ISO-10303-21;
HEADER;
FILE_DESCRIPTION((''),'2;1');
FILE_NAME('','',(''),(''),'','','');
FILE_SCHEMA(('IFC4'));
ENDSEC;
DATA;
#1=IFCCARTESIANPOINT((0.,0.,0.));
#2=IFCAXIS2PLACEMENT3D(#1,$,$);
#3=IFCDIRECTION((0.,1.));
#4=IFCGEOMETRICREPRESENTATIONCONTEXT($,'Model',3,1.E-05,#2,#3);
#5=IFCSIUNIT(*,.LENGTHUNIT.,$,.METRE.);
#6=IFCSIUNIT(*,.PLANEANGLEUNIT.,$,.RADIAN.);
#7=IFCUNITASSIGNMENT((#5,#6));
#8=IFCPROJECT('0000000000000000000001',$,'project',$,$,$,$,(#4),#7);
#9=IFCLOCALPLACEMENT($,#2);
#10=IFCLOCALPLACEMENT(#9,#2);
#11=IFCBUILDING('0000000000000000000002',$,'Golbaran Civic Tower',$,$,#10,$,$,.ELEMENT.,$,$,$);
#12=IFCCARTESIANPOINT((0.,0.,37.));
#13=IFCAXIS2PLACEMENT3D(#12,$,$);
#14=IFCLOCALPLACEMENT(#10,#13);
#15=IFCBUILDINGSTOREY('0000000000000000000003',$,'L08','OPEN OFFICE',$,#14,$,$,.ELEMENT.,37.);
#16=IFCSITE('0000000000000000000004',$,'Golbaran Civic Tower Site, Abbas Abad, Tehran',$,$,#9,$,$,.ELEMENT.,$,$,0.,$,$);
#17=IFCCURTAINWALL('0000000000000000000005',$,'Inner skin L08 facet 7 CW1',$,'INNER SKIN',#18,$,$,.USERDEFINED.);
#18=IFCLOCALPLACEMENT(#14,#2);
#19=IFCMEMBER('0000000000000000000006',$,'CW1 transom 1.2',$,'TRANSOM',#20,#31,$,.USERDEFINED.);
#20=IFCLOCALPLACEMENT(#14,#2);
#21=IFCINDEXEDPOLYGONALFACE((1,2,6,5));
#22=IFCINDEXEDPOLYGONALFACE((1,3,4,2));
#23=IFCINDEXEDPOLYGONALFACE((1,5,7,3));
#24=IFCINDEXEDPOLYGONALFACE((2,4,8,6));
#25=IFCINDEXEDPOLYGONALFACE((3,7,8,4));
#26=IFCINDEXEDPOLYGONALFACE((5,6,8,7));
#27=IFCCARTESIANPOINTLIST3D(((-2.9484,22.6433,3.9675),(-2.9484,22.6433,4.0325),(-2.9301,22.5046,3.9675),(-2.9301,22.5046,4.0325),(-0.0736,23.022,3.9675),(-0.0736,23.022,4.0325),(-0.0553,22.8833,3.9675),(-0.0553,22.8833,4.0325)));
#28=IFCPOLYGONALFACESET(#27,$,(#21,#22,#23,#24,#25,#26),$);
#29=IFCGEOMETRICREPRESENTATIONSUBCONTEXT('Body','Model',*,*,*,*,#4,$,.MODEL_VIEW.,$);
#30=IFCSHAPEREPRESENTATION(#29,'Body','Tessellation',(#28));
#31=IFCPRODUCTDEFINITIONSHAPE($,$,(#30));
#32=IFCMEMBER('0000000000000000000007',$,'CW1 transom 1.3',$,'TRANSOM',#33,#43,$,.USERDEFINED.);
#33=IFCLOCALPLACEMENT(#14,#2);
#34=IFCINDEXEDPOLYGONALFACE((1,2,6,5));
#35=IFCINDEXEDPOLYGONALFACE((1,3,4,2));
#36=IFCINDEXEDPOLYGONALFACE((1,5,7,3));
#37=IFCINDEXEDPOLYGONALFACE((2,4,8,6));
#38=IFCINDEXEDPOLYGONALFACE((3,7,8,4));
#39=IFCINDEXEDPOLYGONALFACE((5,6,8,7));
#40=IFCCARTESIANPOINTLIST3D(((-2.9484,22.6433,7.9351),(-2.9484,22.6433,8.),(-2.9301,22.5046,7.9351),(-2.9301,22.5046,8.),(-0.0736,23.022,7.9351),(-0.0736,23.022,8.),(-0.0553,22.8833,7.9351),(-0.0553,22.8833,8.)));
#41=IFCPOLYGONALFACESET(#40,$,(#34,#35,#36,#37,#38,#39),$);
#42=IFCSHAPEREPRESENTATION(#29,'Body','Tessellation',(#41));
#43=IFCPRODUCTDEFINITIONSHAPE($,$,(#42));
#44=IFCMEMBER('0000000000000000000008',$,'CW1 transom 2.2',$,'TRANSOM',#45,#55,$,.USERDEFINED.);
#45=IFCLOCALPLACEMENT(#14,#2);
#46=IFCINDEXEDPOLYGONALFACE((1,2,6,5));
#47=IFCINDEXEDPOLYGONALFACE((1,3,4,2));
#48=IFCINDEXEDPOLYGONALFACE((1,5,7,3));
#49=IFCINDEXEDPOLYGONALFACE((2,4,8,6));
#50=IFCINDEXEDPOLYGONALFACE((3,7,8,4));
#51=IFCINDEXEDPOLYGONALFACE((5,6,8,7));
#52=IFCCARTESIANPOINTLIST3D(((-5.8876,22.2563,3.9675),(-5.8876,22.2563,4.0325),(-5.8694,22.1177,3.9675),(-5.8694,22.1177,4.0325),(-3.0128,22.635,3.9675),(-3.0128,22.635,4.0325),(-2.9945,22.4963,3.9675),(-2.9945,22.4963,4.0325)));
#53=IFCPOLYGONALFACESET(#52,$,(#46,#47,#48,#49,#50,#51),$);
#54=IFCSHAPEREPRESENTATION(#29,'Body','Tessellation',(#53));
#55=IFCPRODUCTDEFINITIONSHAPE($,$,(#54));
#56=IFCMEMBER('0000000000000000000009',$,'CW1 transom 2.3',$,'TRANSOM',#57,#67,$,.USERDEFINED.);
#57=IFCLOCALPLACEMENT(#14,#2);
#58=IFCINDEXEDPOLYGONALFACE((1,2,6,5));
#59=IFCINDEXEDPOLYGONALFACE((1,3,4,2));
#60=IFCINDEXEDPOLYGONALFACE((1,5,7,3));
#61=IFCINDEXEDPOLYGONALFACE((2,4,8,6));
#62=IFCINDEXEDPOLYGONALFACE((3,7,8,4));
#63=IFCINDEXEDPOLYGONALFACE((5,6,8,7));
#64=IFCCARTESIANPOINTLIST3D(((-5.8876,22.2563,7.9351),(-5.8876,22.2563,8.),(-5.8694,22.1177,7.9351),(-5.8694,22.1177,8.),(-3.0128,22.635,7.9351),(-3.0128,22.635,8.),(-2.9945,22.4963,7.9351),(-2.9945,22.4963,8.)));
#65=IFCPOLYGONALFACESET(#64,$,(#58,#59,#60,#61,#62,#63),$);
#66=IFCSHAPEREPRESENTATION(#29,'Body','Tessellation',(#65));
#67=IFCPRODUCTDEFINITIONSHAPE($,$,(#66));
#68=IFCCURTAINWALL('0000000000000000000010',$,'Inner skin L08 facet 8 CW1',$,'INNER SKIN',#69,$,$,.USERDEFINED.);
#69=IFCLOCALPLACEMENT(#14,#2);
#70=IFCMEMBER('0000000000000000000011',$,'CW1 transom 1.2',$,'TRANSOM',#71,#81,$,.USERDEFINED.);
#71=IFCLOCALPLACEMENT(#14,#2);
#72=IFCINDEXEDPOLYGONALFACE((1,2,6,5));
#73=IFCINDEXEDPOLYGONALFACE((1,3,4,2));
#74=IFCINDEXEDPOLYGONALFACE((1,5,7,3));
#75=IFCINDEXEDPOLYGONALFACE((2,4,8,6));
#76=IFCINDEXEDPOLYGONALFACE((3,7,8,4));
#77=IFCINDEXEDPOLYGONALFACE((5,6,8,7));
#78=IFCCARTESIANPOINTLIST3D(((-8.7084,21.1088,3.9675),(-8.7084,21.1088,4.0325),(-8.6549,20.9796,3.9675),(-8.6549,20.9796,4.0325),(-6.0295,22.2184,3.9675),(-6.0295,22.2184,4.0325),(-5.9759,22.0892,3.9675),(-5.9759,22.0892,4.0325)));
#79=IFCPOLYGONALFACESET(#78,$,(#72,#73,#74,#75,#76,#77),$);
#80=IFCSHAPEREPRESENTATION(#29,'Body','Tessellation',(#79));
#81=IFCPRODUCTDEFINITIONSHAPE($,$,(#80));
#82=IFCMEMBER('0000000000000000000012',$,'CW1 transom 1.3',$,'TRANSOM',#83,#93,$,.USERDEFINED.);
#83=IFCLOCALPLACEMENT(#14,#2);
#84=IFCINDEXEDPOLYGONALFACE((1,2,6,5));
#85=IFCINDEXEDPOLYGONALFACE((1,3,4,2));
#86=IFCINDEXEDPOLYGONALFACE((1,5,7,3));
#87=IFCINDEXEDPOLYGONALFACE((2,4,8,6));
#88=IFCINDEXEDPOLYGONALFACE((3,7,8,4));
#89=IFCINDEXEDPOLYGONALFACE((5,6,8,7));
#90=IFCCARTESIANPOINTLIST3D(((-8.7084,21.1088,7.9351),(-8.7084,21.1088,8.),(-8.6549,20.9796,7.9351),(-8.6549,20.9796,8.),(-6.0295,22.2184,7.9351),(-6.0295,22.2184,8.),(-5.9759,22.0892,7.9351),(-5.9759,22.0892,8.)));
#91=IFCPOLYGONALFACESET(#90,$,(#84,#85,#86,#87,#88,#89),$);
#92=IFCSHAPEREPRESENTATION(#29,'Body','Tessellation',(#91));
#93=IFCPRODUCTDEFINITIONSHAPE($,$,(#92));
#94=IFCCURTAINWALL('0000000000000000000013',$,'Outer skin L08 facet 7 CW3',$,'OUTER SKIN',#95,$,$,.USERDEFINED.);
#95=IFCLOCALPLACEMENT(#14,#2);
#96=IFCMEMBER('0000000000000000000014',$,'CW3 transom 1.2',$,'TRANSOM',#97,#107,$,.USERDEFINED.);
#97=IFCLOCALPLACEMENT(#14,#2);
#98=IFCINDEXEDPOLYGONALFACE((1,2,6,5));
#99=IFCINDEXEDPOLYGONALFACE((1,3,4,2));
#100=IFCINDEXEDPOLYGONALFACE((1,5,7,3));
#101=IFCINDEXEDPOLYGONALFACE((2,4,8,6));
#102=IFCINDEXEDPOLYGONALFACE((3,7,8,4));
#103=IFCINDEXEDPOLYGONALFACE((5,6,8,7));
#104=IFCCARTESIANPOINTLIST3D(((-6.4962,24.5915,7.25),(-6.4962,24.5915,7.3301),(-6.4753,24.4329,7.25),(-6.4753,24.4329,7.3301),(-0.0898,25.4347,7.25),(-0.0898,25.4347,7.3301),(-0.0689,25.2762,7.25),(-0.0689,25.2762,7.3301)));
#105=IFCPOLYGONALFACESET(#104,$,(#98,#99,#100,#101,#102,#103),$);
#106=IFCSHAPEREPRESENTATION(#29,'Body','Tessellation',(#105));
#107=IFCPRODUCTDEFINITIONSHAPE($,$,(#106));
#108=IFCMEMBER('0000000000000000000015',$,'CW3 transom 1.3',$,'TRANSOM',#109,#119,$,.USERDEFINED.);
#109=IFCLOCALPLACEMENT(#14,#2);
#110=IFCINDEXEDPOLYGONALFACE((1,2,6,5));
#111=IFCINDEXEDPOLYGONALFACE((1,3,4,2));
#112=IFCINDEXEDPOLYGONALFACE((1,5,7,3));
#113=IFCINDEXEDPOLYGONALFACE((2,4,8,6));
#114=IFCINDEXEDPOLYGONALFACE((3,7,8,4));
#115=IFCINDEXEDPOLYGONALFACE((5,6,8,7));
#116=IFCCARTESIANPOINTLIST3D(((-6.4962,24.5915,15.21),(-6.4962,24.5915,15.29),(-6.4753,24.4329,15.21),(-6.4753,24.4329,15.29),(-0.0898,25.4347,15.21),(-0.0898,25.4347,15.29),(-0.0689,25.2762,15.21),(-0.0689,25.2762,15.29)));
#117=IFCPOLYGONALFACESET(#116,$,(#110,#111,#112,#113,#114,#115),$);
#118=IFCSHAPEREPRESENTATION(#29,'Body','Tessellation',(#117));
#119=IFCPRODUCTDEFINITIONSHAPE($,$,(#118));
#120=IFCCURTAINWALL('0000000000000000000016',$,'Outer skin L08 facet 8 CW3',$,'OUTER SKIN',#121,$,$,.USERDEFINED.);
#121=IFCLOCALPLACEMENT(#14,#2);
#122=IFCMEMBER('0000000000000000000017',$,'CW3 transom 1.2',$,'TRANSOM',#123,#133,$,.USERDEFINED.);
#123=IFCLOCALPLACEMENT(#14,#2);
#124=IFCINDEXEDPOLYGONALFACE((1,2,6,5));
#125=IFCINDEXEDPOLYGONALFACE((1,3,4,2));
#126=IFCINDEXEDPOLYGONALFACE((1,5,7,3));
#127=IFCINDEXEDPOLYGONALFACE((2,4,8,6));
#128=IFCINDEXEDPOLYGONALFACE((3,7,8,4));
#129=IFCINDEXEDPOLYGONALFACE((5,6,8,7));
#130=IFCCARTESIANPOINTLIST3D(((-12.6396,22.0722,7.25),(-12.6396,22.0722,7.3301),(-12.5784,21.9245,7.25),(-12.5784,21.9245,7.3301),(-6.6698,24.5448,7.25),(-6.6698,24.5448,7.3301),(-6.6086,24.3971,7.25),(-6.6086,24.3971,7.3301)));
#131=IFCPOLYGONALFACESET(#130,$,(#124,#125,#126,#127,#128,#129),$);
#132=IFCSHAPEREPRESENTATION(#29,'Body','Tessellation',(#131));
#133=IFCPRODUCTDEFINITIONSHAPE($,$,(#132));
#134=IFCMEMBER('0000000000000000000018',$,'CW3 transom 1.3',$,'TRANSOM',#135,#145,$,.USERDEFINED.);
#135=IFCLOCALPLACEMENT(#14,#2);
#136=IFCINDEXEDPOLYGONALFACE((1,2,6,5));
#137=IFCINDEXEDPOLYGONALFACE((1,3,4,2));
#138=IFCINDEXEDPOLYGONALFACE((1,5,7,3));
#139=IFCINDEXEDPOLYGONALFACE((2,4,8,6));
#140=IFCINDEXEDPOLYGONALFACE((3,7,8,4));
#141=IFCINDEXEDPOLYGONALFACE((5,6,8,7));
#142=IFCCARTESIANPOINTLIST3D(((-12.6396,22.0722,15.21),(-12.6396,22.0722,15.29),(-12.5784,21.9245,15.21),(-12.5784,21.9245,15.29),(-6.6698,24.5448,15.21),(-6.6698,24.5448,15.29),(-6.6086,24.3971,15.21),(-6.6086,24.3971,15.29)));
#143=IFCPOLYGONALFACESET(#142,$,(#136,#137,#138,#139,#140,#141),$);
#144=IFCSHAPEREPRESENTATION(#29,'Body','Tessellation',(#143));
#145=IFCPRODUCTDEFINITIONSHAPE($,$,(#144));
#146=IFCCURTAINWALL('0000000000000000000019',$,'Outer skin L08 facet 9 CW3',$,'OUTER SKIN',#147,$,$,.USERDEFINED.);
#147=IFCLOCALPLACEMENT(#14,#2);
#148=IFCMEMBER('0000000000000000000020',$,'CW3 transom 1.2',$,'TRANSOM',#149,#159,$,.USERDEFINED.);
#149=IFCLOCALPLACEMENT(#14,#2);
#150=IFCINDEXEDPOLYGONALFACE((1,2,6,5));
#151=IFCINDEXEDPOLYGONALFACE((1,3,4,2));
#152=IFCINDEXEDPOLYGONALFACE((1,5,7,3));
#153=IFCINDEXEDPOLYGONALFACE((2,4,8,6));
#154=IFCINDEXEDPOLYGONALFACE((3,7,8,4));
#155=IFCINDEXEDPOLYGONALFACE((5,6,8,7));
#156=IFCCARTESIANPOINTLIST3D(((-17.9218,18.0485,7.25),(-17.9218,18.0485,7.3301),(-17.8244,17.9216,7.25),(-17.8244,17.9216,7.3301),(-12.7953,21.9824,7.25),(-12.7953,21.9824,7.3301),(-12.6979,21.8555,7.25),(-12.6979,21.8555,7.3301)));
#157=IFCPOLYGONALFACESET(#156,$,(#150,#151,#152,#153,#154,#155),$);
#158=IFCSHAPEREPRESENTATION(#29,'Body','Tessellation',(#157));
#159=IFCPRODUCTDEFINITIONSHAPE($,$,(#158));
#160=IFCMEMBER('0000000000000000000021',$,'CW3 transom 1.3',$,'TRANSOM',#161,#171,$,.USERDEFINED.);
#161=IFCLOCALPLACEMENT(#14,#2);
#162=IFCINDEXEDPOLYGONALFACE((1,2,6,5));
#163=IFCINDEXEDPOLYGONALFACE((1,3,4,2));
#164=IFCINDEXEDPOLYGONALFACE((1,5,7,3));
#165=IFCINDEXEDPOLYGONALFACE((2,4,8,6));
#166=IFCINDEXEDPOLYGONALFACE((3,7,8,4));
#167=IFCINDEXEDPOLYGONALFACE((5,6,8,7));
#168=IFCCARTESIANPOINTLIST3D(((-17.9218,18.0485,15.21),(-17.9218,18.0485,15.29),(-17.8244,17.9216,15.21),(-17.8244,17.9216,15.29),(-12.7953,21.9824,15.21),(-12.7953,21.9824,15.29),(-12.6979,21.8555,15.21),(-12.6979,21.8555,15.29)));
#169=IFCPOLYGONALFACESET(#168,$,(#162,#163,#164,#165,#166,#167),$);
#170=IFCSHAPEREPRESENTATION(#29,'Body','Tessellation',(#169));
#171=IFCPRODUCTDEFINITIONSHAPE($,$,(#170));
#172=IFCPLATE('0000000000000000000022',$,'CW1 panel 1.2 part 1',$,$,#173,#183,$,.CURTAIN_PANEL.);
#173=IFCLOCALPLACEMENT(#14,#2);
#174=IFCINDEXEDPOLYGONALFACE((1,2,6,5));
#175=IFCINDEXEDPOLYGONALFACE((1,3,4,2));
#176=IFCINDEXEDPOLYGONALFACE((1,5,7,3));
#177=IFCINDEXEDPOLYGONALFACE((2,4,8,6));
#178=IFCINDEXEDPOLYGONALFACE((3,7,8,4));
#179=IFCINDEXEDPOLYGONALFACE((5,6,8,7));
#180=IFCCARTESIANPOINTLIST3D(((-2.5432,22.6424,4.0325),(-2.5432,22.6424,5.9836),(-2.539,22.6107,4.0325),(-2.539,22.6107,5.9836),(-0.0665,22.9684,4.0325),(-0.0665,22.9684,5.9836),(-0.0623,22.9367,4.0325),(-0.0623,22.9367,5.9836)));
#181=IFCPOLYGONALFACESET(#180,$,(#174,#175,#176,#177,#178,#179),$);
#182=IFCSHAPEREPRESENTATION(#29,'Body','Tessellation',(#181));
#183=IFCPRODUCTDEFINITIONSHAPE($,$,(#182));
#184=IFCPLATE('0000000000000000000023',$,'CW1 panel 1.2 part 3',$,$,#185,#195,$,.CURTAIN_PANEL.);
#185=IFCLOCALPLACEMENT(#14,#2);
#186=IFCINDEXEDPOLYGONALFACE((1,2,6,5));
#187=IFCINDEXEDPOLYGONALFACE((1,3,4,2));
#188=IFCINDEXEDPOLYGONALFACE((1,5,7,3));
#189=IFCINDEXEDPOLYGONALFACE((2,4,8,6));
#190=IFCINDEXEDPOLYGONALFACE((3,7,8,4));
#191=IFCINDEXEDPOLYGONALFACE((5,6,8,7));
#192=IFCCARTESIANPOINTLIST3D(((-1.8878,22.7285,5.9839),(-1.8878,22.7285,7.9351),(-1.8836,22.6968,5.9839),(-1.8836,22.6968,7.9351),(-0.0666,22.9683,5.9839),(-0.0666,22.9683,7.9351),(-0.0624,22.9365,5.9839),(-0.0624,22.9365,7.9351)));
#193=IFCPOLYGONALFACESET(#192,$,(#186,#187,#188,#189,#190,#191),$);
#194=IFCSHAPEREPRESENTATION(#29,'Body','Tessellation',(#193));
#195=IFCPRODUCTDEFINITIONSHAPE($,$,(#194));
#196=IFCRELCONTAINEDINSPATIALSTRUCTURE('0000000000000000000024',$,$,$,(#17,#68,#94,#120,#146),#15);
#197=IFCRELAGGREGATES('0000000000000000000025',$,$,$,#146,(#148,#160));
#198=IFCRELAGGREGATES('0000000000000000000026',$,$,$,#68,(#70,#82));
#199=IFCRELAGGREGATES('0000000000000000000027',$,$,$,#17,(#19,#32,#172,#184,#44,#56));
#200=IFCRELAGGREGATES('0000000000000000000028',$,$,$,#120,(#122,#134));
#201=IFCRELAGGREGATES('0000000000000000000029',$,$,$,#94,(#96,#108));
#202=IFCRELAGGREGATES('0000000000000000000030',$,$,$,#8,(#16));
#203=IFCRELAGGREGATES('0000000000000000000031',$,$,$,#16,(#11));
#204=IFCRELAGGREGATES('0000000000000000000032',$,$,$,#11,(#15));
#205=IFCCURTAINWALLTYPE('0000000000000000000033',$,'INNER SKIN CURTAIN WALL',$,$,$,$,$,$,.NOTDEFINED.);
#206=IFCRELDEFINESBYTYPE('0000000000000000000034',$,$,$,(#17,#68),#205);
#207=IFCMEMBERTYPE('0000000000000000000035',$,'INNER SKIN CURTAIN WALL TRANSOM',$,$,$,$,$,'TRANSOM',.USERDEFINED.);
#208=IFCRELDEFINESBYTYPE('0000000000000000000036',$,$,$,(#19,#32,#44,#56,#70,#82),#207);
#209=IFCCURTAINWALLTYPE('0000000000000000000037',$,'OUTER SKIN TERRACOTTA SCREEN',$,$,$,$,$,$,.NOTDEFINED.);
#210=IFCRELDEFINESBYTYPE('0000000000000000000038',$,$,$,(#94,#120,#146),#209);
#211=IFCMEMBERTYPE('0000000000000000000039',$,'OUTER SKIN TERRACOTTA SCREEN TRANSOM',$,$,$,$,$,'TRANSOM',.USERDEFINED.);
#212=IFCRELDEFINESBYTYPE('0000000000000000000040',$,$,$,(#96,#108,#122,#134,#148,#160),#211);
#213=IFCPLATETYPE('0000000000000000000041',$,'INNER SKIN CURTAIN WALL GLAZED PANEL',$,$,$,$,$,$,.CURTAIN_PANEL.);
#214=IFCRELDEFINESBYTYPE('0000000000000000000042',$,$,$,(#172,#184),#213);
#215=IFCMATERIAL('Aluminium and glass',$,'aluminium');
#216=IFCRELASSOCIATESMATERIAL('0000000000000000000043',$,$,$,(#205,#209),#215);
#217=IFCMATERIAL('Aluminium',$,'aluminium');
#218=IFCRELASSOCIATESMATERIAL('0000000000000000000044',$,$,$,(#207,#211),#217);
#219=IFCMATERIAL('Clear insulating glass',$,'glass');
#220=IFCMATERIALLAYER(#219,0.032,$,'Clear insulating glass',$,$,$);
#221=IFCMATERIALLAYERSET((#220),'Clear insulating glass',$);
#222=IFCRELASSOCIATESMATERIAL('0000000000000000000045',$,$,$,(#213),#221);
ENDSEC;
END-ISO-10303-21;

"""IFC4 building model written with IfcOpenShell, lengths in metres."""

from ifc_helpers import new_model, si_unit, direction, frame, origin, origin_2d, place, context, subcontext, project, spatial, rectangle, extrude, material, layer, layer_set, material_profile, profile_set, type_object, element, aggregate, save


model = new_model("IFC4")

# Units and contexts
model_context = context("Model", 3, precision=1e-05, world=origin(), true_north=direction((0.0, 1.0)))
body_context = subcontext(model_context, "Body", "Model", "MODEL_VIEW")
ifc_project = project(units=[si_unit("LENGTHUNIT", "METRE"), si_unit("PLANEANGLEUNIT", "RADIAN")], contexts=[model_context])

# Site, building, storey
site_placement = place(None, origin())
site = spatial("IfcSite", under=ifc_project, at=site_placement, Name="Golbaran Civic Tower Site, Abbas Abad, Tehran", CompositionType="ELEMENT", RefElevation=0.0)
building_placement = place(site_placement, origin())
building = spatial("IfcBuilding", under=site, at=building_placement, Name="Golbaran Civic Tower", CompositionType="ELEMENT")
storey_placement = place(building_placement, frame((0.0, 0.0, 37.0)))
storey = spatial("IfcBuildingStorey", under=building, at=storey_placement, Name="L08", Description="OPEN OFFICE", CompositionType="ELEMENT", Elevation=37.0)

# Curtain walls, members
ifc_material_1 = material(Name="Aluminium and glass", Category="aluminium")
curtain_wall_type_1 = type_object("IfcCurtainWallType", Name="INNER SKIN CURTAIN WALL", PredefinedType="NOTDEFINED", material=ifc_material_1)
curtain_wall_1_placement = place(storey_placement, origin())
curtain_wall_1 = element("IfcCurtainWall", 1, at=curtain_wall_1_placement, inside=storey, type_object=curtain_wall_type_1, Name="Inner skin L08 facet 7 CW1", ObjectType="INNER SKIN", PredefinedType="USERDEFINED")
ifc_material_2 = material(Name="Aluminium", Category="aluminium")
ifc_material_profile_1 = material_profile(ifc_material_2, rectangle(XDim=0.1399, YDim=0.0649, at=origin_2d()), Name="INNER SKIN CURTAIN WALL TRANSOM")
ifc_profile_set_1 = profile_set([ifc_material_profile_1], Name="Aluminium")
member_type_1 = type_object("IfcMemberType", Name="INNER SKIN CURTAIN WALL TRANSOM", ElementType="TRANSOM", PredefinedType="USERDEFINED", material=ifc_profile_set_1)
member_1_placement = place(storey_placement, frame((-0.0645, 22.9526, 4.0), z_axis=(-0.991436, -0.130592, 0.0), x_axis=(0.130592, -0.991436, 0.0)))
member_1 = element("IfcMember", 2, at=member_1_placement, type_object=member_type_1, Name="CW1 transom 1.2", ObjectType="TRANSOM", PredefinedType="USERDEFINED", context=body_context, shape_type="SweptSolid", body=[
    extrude(rectangle(XDim=0.1399, YDim=0.0649, at=origin_2d()), origin(), (0.0, 0.0, 1.0), 2.8997),
])
member_2_placement = place(storey_placement, frame((-0.0645, 22.9526, 7.9675), z_axis=(-0.991436, -0.130592, 0.0), x_axis=(0.130592, -0.991436, 0.0)))
member_2 = element("IfcMember", 3, at=member_2_placement, type_object=member_type_1, Name="CW1 transom 1.3", ObjectType="TRANSOM", PredefinedType="USERDEFINED", context=body_context, shape_type="SweptSolid", body=[
    extrude(rectangle(XDim=0.1399, YDim=0.0649, at=origin_2d()), origin(), (0.0, 0.0, 1.0), 2.8997),
])
member_3_placement = place(storey_placement, frame((-3.0037, 22.5657, 4.0), z_axis=(-0.991436, -0.130592, 0.0), x_axis=(0.130592, -0.991436, 0.0)))
member_3 = element("IfcMember", 4, at=member_3_placement, type_object=member_type_1, Name="CW1 transom 2.2", ObjectType="TRANSOM", PredefinedType="USERDEFINED", context=body_context, shape_type="SweptSolid", body=[
    extrude(rectangle(XDim=0.1399, YDim=0.0649, at=origin_2d()), origin(), (0.0, 0.0, 1.0), 2.8997),
])
member_4_placement = place(storey_placement, frame((-3.0037, 22.5657, 7.9675), z_axis=(-0.991436, -0.130592, 0.0), x_axis=(0.130592, -0.991436, 0.0)))
member_4 = element("IfcMember", 5, at=member_4_placement, type_object=member_type_1, Name="CW1 transom 2.3", ObjectType="TRANSOM", PredefinedType="USERDEFINED", context=body_context, shape_type="SweptSolid", body=[
    extrude(rectangle(XDim=0.1399, YDim=0.0649, at=origin_2d()), origin(), (0.0, 0.0, 1.0), 2.8997),
])
curtain_wall_2_placement = place(storey_placement, origin())
curtain_wall_2 = element("IfcCurtainWall", 6, at=curtain_wall_2_placement, inside=storey, type_object=curtain_wall_type_1, Name="Inner skin L08 facet 8 CW1", ObjectType="INNER SKIN", PredefinedType="USERDEFINED")
member_5_placement = place(storey_placement, frame((-6.0027, 22.1538, 4.0), z_axis=(-0.923884, -0.382672, 0.0), x_axis=(0.382672, -0.923884, 0.0)))
member_5 = element("IfcMember", 7, at=member_5_placement, type_object=member_type_1, Name="CW1 transom 1.2", ObjectType="TRANSOM", PredefinedType="USERDEFINED", context=body_context, shape_type="SweptSolid", body=[
    extrude(rectangle(XDim=0.1399, YDim=0.0649, at=origin_2d()), origin(), (0.0, 0.0, 1.0), 2.8997),
])
member_6_placement = place(storey_placement, frame((-6.0027, 22.1538, 7.9675), z_axis=(-0.923884, -0.382672, 0.0), x_axis=(0.382672, -0.923884, 0.0)))
member_6 = element("IfcMember", 8, at=member_6_placement, type_object=member_type_1, Name="CW1 transom 1.3", ObjectType="TRANSOM", PredefinedType="USERDEFINED", context=body_context, shape_type="SweptSolid", body=[
    extrude(rectangle(XDim=0.1399, YDim=0.0649, at=origin_2d()), origin(), (0.0, 0.0, 1.0), 2.8997),
])
curtain_wall_type_2 = type_object("IfcCurtainWallType", Name="OUTER SKIN TERRACOTTA SCREEN", PredefinedType="NOTDEFINED", material=ifc_material_1)
curtain_wall_3_placement = place(storey_placement, origin())
curtain_wall_3 = element("IfcCurtainWall", 9, at=curtain_wall_3_placement, inside=storey, type_object=curtain_wall_type_2, Name="Outer skin L08 facet 7 CW3", ObjectType="OUTER SKIN", PredefinedType="USERDEFINED")
ifc_material_profile_2 = material_profile(ifc_material_2, rectangle(XDim=0.1599, YDim=0.0801, at=origin_2d()), Name="OUTER SKIN TERRACOTTA SCREEN TRANSOM")
ifc_profile_set_2 = profile_set([ifc_material_profile_2], Name="Aluminium")
member_type_2 = type_object("IfcMemberType", Name="OUTER SKIN TERRACOTTA SCREEN TRANSOM", ElementType="TRANSOM", PredefinedType="USERDEFINED", material=ifc_profile_set_2)
member_7_placement = place(storey_placement, frame((-0.0793, 25.3555, 7.29), z_axis=(-0.991448, -0.1305, 0.0), x_axis=(0.1305, -0.991448, 0.0)))
member_7 = element("IfcMember", 10, at=member_7_placement, type_object=member_type_2, Name="CW3 transom 1.2", ObjectType="TRANSOM", PredefinedType="USERDEFINED", context=body_context, shape_type="SweptSolid", body=[
    extrude(rectangle(XDim=0.1599, YDim=0.0801, at=origin_2d()), origin(), (0.0, 0.0, 1.0), 6.4617),
])
member_8_placement = place(storey_placement, frame((-0.0793, 25.3555, 15.25), z_axis=(-0.991448, -0.1305, 0.0), x_axis=(0.1305, -0.991448, 0.0)))
member_8 = element("IfcMember", 11, at=member_8_placement, type_object=member_type_2, Name="CW3 transom 1.3", ObjectType="TRANSOM", PredefinedType="USERDEFINED", context=body_context, shape_type="SweptSolid", body=[
    extrude(rectangle(XDim=0.1599, YDim=0.0801, at=origin_2d()), origin(), (0.0, 0.0, 1.0), 6.4617),
])
curtain_wall_4_placement = place(storey_placement, origin())
curtain_wall_4 = element("IfcCurtainWall", 12, at=curtain_wall_4_placement, inside=storey, type_object=curtain_wall_type_2, Name="Outer skin L08 facet 8 CW3", ObjectType="OUTER SKIN", PredefinedType="USERDEFINED")
member_9_placement = place(storey_placement, frame((-6.6392, 24.4709, 7.29), z_axis=(-0.92389, -0.382659, 0.0), x_axis=(0.382659, -0.92389, 0.0)))
member_9 = element("IfcMember", 13, at=member_9_placement, type_object=member_type_2, Name="CW3 transom 1.2", ObjectType="TRANSOM", PredefinedType="USERDEFINED", context=body_context, shape_type="SweptSolid", body=[
    extrude(rectangle(XDim=0.1599, YDim=0.0801, at=origin_2d()), origin(), (0.0, 0.0, 1.0), 6.4617),
])
member_10_placement = place(storey_placement, frame((-6.6392, 24.4709, 15.25), z_axis=(-0.92389, -0.382659, 0.0), x_axis=(0.382659, -0.92389, 0.0)))
member_10 = element("IfcMember", 14, at=member_10_placement, type_object=member_type_2, Name="CW3 transom 1.3", ObjectType="TRANSOM", PredefinedType="USERDEFINED", context=body_context, shape_type="SweptSolid", body=[
    extrude(rectangle(XDim=0.1599, YDim=0.0801, at=origin_2d()), origin(), (0.0, 0.0, 1.0), 6.4617),
])
curtain_wall_5_placement = place(storey_placement, origin())
curtain_wall_5 = element("IfcCurtainWall", 15, at=curtain_wall_5_placement, inside=storey, type_object=curtain_wall_type_2, Name="Outer skin L08 facet 9 CW3", ObjectType="OUTER SKIN", PredefinedType="USERDEFINED")
member_11_placement = place(storey_placement, frame((-12.7466, 21.9189, 7.29), z_axis=(-0.793341, -0.608777, 0.0), x_axis=(0.608777, -0.793341, 0.0)))
member_11 = element("IfcMember", 16, at=member_11_placement, type_object=member_type_2, Name="CW3 transom 1.2", ObjectType="TRANSOM", PredefinedType="USERDEFINED", context=body_context, shape_type="SweptSolid", body=[
    extrude(rectangle(XDim=0.1599, YDim=0.0801, at=origin_2d()), origin(), (0.0, 0.0, 1.0), 6.4619),
])
member_12_placement = place(storey_placement, frame((-12.7466, 21.9189, 15.25), z_axis=(-0.793341, -0.608777, 0.0), x_axis=(0.608777, -0.793341, 0.0)))
member_12 = element("IfcMember", 17, at=member_12_placement, type_object=member_type_2, Name="CW3 transom 1.3", ObjectType="TRANSOM", PredefinedType="USERDEFINED", context=body_context, shape_type="SweptSolid", body=[
    extrude(rectangle(XDim=0.1599, YDim=0.0801, at=origin_2d()), origin(), (0.0, 0.0, 1.0), 6.4619),
])
aggregate(curtain_wall_5, [member_11, member_12])

# Plates
ifc_material_3 = material(Name="Clear insulating glass", Category="glass")
ifc_layer_1 = layer(ifc_material_3, 0.032, Name="Clear insulating glass")
ifc_layer_set_1 = layer_set([ifc_layer_1], Name="Clear insulating glass")
plate_type_1 = type_object("IfcPlateType", Name="INNER SKIN CURTAIN WALL GLAZED PANEL", PredefinedType="CURTAIN_PANEL", material=ifc_layer_set_1)
plate_1_placement = place(storey_placement, frame((-1.3027, 22.7896, 4.0325), z_axis=(0.0, 0.0, 1.0), x_axis=(-0.991445, -0.130526, 0.0)))
plate_1 = element("IfcPlate", 18, at=plate_1_placement, type_object=plate_type_1, Name="CW1 panel 1.2 part 1", PredefinedType="CURTAIN_PANEL", context=body_context, shape_type="SweptSolid", body=[
    extrude(rectangle(XDim=2.498, YDim=0.032, at=origin_2d()), origin(), (0.0, 0.0, 1.0), 1.9512),
])
plate_2_placement = place(storey_placement, frame((-0.9751, 22.8325, 5.9839), z_axis=(0.0, 0.0, 1.0), x_axis=(-0.991445, -0.130526, 0.0)))
plate_2 = element("IfcPlate", 19, at=plate_2_placement, type_object=plate_type_1, Name="CW1 panel 1.2 part 3", PredefinedType="CURTAIN_PANEL", context=body_context, shape_type="SweptSolid", body=[
    extrude(rectangle(XDim=1.8369, YDim=0.032, at=origin_2d()), origin(), (0.0, 0.0, 1.0), 1.9512),
])
aggregate(curtain_wall_2, [member_5, member_6])
aggregate(curtain_wall_1, [member_1, member_2, plate_1, plate_2, member_3, member_4])
aggregate(curtain_wall_4, [member_9, member_10])
aggregate(curtain_wall_3, [member_7, member_8])

save(model, "model.ifc")
